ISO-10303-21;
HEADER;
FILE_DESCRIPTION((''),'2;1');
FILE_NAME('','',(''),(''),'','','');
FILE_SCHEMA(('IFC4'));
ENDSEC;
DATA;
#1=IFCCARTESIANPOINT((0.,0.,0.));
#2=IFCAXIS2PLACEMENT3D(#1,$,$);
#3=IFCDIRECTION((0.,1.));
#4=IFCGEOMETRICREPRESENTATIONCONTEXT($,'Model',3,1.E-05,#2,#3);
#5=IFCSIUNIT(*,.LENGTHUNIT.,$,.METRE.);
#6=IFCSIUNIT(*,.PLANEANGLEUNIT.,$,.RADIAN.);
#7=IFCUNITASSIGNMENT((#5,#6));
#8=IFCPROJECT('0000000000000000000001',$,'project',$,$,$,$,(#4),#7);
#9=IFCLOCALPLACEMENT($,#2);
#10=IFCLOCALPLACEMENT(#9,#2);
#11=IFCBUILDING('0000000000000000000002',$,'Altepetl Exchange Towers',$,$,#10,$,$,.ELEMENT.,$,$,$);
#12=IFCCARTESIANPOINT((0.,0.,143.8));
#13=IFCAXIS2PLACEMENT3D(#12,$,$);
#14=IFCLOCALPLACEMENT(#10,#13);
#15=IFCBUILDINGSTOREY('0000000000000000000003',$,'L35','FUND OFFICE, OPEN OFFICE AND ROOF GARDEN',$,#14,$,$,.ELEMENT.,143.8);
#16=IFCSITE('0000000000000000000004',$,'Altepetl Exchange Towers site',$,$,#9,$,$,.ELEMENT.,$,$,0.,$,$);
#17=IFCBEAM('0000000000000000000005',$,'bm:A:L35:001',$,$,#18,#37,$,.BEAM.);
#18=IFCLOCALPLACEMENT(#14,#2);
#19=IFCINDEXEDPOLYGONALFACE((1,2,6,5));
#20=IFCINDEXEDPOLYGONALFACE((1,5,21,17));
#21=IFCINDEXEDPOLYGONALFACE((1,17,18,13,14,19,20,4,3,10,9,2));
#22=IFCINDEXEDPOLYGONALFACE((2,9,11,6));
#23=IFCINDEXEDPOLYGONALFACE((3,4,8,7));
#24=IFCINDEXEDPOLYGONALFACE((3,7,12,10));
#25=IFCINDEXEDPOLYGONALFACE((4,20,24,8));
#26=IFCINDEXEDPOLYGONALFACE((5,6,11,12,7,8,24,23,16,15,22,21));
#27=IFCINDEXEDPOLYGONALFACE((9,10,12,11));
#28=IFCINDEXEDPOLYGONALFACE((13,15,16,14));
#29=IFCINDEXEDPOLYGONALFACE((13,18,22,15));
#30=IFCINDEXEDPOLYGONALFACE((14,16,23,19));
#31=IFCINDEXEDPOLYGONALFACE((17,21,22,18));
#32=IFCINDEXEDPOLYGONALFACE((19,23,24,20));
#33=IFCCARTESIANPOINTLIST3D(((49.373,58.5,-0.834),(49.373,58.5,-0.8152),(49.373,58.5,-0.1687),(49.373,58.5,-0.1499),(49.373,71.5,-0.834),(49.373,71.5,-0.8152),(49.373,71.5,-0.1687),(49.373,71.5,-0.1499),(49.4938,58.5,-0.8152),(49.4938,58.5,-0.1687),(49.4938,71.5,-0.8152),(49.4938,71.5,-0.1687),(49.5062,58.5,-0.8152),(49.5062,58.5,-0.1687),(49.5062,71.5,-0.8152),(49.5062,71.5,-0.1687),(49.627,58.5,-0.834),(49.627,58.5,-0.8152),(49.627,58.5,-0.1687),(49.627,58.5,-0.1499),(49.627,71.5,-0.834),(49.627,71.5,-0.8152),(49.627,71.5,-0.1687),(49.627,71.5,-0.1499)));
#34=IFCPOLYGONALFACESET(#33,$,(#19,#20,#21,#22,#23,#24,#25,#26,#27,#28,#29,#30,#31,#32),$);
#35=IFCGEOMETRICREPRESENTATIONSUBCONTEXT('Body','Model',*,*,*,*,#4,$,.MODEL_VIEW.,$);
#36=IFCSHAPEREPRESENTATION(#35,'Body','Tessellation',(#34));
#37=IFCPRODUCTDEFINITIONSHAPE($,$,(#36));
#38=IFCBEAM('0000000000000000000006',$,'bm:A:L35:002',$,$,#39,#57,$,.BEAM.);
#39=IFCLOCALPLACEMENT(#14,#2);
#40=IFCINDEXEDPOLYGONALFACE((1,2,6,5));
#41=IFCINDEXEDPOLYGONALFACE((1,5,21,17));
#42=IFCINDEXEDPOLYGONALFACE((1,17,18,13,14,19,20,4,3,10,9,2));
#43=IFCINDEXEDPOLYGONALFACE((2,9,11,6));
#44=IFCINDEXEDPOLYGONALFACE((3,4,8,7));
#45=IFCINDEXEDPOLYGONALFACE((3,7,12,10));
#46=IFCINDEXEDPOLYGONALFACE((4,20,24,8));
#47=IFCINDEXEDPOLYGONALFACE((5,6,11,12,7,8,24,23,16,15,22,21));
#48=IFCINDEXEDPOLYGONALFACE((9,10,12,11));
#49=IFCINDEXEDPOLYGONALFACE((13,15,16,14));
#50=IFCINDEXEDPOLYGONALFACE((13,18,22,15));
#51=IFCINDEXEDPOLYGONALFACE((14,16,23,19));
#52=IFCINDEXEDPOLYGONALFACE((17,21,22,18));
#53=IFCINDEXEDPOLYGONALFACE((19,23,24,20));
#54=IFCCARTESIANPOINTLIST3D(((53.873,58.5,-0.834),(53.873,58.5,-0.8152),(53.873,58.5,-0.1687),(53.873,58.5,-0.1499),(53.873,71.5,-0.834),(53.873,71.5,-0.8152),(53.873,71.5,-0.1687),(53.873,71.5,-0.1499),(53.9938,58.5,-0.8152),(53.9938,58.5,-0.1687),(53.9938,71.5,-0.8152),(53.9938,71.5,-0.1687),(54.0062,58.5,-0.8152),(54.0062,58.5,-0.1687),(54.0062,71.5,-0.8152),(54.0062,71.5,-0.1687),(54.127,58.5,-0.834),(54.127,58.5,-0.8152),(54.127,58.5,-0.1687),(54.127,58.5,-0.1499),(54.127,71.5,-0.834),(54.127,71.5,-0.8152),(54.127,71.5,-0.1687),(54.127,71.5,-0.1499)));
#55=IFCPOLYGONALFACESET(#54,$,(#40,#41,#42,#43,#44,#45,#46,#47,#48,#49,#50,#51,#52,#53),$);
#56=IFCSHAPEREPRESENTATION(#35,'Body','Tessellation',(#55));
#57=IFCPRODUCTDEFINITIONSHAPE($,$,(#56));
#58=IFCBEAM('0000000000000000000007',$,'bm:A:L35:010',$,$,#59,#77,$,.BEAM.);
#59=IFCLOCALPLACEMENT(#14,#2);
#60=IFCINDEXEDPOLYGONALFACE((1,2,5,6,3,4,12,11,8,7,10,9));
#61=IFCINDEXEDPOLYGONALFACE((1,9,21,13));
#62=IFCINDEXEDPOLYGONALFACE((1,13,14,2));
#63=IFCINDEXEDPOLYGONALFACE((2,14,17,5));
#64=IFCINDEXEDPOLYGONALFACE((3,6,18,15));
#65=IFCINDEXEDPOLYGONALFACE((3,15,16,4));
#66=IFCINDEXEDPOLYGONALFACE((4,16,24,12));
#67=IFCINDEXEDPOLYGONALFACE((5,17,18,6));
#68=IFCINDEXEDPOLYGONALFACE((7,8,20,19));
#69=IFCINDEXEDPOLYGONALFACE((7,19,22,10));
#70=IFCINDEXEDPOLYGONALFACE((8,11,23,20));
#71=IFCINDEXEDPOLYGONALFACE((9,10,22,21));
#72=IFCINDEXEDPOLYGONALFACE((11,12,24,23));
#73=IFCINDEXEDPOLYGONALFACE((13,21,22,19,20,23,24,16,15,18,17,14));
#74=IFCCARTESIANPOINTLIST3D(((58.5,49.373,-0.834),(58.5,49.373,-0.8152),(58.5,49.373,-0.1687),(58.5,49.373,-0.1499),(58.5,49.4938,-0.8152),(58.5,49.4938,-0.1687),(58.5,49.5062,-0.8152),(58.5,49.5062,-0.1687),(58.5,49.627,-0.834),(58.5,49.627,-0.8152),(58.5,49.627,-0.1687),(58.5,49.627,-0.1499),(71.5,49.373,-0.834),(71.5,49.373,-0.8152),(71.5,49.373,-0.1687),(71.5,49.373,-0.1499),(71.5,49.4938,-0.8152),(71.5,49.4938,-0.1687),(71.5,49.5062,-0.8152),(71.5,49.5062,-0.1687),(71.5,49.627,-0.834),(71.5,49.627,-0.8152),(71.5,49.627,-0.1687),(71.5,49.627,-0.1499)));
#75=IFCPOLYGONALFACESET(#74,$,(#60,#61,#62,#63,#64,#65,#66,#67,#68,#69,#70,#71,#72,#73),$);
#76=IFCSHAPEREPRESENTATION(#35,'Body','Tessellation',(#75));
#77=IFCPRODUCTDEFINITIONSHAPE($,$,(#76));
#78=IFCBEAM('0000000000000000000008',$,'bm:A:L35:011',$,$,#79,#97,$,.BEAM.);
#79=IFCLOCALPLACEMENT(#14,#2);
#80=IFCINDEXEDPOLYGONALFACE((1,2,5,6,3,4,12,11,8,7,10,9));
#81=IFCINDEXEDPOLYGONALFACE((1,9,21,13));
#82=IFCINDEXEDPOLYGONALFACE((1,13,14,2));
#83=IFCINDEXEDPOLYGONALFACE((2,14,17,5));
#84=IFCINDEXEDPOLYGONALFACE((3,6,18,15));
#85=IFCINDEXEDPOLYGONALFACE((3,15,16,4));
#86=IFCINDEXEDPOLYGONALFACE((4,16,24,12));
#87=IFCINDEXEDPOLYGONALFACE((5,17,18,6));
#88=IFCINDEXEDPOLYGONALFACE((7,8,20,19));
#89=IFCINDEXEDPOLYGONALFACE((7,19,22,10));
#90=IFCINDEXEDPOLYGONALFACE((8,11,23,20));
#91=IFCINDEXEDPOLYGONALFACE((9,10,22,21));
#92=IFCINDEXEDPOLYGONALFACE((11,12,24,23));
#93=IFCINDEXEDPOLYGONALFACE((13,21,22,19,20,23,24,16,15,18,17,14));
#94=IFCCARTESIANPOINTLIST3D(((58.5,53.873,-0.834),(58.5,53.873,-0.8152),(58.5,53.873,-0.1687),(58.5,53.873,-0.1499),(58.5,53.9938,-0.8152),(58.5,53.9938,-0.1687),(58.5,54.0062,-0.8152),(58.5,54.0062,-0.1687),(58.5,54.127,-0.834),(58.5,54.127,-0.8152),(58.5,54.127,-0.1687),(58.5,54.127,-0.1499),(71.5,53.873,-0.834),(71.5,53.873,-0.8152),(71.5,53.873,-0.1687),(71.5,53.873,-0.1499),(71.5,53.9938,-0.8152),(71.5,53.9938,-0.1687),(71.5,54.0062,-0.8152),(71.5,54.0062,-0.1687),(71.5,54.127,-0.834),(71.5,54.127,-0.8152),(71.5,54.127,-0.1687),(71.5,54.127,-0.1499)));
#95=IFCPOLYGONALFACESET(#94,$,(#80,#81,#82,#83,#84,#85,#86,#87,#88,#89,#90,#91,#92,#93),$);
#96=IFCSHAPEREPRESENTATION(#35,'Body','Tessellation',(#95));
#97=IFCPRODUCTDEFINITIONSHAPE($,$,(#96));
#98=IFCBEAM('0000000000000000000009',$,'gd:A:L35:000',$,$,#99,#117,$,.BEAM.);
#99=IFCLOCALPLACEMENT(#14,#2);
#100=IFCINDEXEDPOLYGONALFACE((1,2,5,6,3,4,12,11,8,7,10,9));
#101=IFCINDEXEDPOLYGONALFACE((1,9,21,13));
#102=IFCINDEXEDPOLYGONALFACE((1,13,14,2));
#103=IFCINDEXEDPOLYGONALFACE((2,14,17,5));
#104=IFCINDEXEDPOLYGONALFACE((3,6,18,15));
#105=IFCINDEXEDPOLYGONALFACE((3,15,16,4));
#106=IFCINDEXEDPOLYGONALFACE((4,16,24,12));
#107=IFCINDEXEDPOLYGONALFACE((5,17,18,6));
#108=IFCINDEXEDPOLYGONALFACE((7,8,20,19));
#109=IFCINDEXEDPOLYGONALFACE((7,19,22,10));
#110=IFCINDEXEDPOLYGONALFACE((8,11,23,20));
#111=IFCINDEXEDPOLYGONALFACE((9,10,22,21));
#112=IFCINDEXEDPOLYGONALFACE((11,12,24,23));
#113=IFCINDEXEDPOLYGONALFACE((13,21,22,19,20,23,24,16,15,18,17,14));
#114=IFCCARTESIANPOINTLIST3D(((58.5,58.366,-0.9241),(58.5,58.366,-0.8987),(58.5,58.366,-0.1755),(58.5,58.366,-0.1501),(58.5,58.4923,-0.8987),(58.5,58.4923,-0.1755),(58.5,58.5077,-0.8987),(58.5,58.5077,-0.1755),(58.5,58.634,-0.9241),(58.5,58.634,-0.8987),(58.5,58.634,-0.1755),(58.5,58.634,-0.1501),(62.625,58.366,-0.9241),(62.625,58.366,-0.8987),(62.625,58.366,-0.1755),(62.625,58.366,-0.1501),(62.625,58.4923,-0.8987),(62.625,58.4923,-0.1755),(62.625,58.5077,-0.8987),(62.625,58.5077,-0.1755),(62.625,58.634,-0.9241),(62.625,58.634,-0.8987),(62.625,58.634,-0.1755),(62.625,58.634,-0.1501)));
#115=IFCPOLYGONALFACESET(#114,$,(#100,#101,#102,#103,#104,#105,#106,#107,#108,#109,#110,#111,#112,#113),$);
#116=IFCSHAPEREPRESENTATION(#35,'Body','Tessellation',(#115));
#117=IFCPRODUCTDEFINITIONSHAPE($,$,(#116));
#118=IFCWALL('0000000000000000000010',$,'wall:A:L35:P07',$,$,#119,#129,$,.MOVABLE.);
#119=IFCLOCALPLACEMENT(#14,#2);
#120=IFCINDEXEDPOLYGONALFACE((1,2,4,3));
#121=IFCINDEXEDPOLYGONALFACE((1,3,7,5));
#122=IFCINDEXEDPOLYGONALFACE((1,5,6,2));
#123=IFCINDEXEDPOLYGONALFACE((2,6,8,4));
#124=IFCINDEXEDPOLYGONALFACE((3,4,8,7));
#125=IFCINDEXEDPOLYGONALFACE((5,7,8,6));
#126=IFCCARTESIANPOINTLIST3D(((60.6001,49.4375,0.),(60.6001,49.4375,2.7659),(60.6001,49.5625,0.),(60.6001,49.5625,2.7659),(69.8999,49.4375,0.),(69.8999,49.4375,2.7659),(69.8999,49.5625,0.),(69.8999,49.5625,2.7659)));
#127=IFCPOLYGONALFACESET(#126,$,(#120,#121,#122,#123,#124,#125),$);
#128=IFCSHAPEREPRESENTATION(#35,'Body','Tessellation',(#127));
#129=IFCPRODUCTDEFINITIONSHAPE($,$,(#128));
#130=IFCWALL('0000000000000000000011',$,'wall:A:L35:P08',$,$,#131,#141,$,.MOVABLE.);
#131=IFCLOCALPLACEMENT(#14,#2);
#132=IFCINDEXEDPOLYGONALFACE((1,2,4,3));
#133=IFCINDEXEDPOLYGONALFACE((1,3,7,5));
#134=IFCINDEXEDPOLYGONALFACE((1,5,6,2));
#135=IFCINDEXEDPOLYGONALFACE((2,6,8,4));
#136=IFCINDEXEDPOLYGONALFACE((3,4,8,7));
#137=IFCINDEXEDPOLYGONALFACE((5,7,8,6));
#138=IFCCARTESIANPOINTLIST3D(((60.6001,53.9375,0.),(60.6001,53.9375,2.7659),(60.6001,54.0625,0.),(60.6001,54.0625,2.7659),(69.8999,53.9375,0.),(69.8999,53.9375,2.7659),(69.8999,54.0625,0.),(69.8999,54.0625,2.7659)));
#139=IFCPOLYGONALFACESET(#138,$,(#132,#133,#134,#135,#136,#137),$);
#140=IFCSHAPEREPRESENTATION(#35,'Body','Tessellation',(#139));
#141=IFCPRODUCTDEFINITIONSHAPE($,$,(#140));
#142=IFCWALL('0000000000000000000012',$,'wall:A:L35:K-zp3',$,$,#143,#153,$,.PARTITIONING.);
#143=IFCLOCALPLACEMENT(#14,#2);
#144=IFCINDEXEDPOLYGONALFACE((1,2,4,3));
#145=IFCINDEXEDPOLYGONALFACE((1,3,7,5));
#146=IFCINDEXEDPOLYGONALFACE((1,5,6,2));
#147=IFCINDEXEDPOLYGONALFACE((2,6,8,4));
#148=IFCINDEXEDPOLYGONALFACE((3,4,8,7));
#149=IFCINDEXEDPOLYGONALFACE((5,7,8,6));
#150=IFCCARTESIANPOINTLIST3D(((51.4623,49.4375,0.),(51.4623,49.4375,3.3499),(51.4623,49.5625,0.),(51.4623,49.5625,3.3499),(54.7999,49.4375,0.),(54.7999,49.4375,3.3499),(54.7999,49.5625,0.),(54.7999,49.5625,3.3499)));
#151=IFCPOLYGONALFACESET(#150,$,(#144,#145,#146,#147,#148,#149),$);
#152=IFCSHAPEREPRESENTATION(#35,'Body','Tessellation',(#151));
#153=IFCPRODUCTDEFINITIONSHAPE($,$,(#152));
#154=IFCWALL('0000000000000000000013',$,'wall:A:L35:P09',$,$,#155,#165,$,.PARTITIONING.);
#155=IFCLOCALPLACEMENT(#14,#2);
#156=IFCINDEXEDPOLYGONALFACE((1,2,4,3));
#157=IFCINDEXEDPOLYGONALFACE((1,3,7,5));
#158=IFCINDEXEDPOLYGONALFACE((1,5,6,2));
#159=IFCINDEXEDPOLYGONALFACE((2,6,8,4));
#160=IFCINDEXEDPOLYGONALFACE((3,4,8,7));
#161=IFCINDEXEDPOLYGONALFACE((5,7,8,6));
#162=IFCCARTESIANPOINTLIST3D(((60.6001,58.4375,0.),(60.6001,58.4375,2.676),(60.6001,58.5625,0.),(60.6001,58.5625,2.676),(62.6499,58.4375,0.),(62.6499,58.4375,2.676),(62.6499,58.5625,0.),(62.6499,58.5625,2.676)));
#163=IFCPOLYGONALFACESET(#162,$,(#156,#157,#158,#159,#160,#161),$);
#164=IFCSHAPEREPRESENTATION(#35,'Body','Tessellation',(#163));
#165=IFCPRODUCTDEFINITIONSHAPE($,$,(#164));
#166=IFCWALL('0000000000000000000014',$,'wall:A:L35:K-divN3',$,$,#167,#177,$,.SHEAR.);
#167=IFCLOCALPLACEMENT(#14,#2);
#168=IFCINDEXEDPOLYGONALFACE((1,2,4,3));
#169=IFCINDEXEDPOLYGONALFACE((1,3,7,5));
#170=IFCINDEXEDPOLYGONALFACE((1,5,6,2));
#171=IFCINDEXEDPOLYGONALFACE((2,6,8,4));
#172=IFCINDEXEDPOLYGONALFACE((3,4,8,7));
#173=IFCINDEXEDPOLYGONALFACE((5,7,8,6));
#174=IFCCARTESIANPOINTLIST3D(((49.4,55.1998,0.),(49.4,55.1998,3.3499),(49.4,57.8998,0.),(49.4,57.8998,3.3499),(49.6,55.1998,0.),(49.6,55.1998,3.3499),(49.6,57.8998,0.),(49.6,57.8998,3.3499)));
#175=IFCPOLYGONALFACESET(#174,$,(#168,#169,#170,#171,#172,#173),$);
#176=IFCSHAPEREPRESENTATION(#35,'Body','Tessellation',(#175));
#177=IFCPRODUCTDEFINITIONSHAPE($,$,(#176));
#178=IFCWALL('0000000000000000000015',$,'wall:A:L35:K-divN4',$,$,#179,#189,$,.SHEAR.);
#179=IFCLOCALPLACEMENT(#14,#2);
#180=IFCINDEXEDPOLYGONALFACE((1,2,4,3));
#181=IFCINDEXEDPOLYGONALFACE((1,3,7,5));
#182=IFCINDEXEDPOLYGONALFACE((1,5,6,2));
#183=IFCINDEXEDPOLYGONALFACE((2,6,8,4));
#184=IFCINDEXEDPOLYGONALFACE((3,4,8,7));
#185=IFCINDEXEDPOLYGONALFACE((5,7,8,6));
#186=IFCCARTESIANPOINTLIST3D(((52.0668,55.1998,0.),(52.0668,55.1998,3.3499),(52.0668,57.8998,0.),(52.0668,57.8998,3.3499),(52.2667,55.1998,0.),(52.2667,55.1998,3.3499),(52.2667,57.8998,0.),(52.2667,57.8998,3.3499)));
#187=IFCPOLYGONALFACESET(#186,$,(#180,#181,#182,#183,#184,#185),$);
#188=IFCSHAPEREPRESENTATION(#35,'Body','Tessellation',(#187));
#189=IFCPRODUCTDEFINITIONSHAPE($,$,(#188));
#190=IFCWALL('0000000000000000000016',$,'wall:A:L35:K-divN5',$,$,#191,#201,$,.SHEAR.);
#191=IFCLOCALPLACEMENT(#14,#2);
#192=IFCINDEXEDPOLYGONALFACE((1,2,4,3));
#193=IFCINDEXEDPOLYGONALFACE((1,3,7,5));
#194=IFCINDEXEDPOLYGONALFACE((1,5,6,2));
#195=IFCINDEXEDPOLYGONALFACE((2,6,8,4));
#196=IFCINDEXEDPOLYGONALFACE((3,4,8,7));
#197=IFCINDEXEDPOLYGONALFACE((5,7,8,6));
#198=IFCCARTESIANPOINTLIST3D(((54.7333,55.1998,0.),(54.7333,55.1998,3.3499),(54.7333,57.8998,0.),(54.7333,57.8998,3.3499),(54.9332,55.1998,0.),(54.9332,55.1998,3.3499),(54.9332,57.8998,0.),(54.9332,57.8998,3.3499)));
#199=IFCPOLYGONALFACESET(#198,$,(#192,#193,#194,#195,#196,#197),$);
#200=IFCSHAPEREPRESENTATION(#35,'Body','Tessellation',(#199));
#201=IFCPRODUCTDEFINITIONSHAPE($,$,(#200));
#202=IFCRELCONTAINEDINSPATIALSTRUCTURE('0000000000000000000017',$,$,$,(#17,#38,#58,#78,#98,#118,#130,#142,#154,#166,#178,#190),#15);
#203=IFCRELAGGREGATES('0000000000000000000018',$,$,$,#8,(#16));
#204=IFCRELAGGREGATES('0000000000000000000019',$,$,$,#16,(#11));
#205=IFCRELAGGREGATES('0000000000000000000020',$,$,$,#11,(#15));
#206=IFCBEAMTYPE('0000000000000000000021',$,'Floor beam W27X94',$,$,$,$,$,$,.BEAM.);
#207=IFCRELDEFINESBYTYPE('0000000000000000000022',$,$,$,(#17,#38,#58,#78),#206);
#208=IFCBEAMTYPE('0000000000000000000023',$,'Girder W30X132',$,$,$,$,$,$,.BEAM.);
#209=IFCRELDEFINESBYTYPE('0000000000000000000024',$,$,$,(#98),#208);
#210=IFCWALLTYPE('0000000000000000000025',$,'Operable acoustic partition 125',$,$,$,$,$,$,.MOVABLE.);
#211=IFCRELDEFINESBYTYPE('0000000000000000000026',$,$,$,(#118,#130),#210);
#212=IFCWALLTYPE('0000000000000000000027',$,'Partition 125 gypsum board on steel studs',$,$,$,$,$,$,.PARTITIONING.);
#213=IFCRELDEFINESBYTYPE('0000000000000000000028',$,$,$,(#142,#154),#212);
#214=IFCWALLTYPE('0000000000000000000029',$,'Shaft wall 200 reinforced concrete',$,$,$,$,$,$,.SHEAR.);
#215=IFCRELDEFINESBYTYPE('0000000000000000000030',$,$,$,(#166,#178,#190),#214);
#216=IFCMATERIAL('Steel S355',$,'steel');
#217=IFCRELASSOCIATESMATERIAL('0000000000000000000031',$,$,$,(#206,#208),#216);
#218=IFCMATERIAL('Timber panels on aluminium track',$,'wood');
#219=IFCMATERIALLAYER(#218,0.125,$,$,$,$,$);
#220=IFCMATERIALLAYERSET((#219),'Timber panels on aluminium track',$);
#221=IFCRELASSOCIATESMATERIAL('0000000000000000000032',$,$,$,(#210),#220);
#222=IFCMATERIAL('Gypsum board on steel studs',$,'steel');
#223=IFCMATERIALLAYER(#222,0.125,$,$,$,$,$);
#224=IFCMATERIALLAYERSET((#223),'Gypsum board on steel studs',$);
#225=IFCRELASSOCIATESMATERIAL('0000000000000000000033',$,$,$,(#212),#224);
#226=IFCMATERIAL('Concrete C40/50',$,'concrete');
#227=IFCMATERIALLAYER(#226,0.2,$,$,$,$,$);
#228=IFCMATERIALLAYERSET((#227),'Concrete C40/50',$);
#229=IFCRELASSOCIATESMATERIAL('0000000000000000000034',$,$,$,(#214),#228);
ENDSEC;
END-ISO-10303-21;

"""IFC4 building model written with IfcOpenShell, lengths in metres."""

from ifc_helpers import new_model, si_unit, direction, frame, frame_2d, origin, origin_2d, place, context, subcontext, project, spatial, rectangle, i_section, extrude, material, layer, layer_set, material_profile, profile_set, type_object, element, save


model = new_model("IFC4")

# Units and contexts
model_context = context("Model", 3, precision=1e-05, world=origin(), true_north=direction((0.0, 1.0)))
body_context = subcontext(model_context, "Body", "Model", "MODEL_VIEW")
ifc_project = project(units=[si_unit("LENGTHUNIT", "METRE"), si_unit("PLANEANGLEUNIT", "RADIAN")], contexts=[model_context])

# Site, building, storey
site_placement = place(None, origin())
site = spatial("IfcSite", under=ifc_project, at=site_placement, Name="Altepetl Exchange Towers site", CompositionType="ELEMENT", RefElevation=0.0)
building_placement = place(site_placement, origin())
building = spatial("IfcBuilding", under=site, at=building_placement, Name="Altepetl Exchange Towers", CompositionType="ELEMENT")
storey_placement = place(building_placement, frame((0.0, 0.0, 143.8)))
storey = spatial("IfcBuildingStorey", under=building, at=storey_placement, Name="L35", Description="FUND OFFICE, OPEN OFFICE AND ROOF GARDEN", CompositionType="ELEMENT", Elevation=143.8)

# Beams
ifc_material_1 = material(Name="Steel S355", Category="steel")
ifc_material_profile_1 = material_profile(ifc_material_1, i_section(OverallWidth=0.2539, OverallDepth=0.6841, WebThickness=0.0125, FlangeThickness=0.0188, at=origin_2d()), Name="W27X94")
ifc_profile_set_1 = profile_set([ifc_material_profile_1], Name="Steel S355")
beam_type_1 = type_object("IfcBeamType", Name="Floor beam W27X94", PredefinedType="BEAM", material=ifc_profile_set_1)
for number, where, z_axis, x_axis, name in (
    (1, (49.5, 58.5, -0.4919), (0.0, 1.0, 0.0), (-1.0, 0.0, 0.0), "bm:A:L35:001"),
    (2, (54.0, 58.5, -0.4919), (0.0, 1.0, 0.0), (-1.0, 0.0, 0.0), "bm:A:L35:002"),
    (3, (58.5, 49.5, -0.4919), (1.0, 0.0, 0.0), (0.0, 1.0, 0.0), "bm:A:L35:010"),
    (4, (58.5, 54.0, -0.4919), (1.0, 0.0, 0.0), (0.0, 1.0, 0.0), "bm:A:L35:011"),
):
    element("IfcBeam", number, at=place(storey_placement, frame(where, z_axis=z_axis, x_axis=x_axis)), inside=storey, type_object=beam_type_1, Name=name, PredefinedType="BEAM", context=body_context, shape_type="SweptSolid", body=[
        extrude(i_section(OverallWidth=0.2539, OverallDepth=0.6841, WebThickness=0.0125, FlangeThickness=0.0188, at=origin_2d()), origin(), (0.0, 0.0, 1.0), 13.0),
    ])
ifc_material_profile_2 = material_profile(ifc_material_1, i_section(OverallWidth=0.2681, OverallDepth=0.7739, WebThickness=0.0154, FlangeThickness=0.0254, at=origin_2d()), Name="W30X132")
ifc_profile_set_2 = profile_set([ifc_material_profile_2], Name="Steel S355")
beam_type_2 = type_object("IfcBeamType", Name="Girder W30X132", PredefinedType="BEAM", material=ifc_profile_set_2)
beam_placement = place(storey_placement, frame((58.5, 58.5, -0.5371), z_axis=(1.0, 0.0, 0.0), x_axis=(0.0, 1.0, 0.0)))
element("IfcBeam", 5, at=beam_placement, inside=storey, type_object=beam_type_2, Name="gd:A:L35:000", PredefinedType="BEAM", context=body_context, shape_type="SweptSolid", body=[
    extrude(i_section(OverallWidth=0.2681, OverallDepth=0.7739, WebThickness=0.0154, FlangeThickness=0.0254, at=origin_2d()), origin(), (0.0, 0.0, 1.0), 4.125),
])

# Walls
ifc_material_2 = material(Name="Timber panels on aluminium track", Category="wood")
ifc_layer_1 = layer(ifc_material_2, 0.125)
ifc_layer_set_1 = layer_set([ifc_layer_1], Name="Timber panels on aluminium track")
wall_type_1 = type_object("IfcWallType", Name="Operable acoustic partition 125", PredefinedType="MOVABLE", material=ifc_layer_set_1)
for number, where, name in (
    (6, (60.6001, 49.5, 0.0), "wall:A:L35:P07"),
    (7, (60.6001, 54.0, 0.0), "wall:A:L35:P08"),
):
    element("IfcWall", number, at=place(storey_placement, frame(where)), inside=storey, type_object=wall_type_1, Name=name, PredefinedType="MOVABLE", context=body_context, shape_type="SweptSolid", body=[
        extrude(rectangle(XDim=9.2998, YDim=0.125, at=frame_2d((4.6499, 0.0))), origin(), (0.0, 0.0, 1.0), 2.7659),
    ])
ifc_material_3 = material(Name="Gypsum board on steel studs", Category="steel")
ifc_layer_2 = layer(ifc_material_3, 0.125)
ifc_layer_set_2 = layer_set([ifc_layer_2], Name="Gypsum board on steel studs")
wall_type_2 = type_object("IfcWallType", Name="Partition 125 gypsum board on steel studs", PredefinedType="PARTITIONING", material=ifc_layer_set_2)
wall_1_placement = place(storey_placement, frame((54.8, 49.5, 0.0), z_axis=(0.0, 0.0, 1.0), x_axis=(-1.0, 0.0, 0.0)))
element("IfcWall", 8, at=wall_1_placement, inside=storey, type_object=wall_type_2, Name="wall:A:L35:K-zp3", PredefinedType="PARTITIONING", context=body_context, shape_type="SweptSolid", body=[
    extrude(rectangle(XDim=3.3376, YDim=0.125, at=frame_2d((1.6689, 0.0))), origin(), (0.0, 0.0, 1.0), 3.3499),
])
wall_2_placement = place(storey_placement, frame((60.6001, 58.5, 0.0)))
element("IfcWall", 9, at=wall_2_placement, inside=storey, type_object=wall_type_2, Name="wall:A:L35:P09", PredefinedType="PARTITIONING", context=body_context, shape_type="SweptSolid", body=[
    extrude(rectangle(XDim=2.0498, YDim=0.125, at=frame_2d((1.0249, 0.0))), origin(), (0.0, 0.0, 1.0), 2.676),
])
ifc_material_4 = material(Name="Concrete C40/50", Category="concrete")
ifc_layer_3 = layer(ifc_material_4, 0.2)
ifc_layer_set_3 = layer_set([ifc_layer_3], Name="Concrete C40/50")
wall_type_3 = type_object("IfcWallType", Name="Shaft wall 200 reinforced concrete", PredefinedType="SHEAR", material=ifc_layer_set_3)
for number, where, z_axis, x_axis, name in (
    (10, (49.5, 57.8999, 0.0), (0.0, 0.0, 1.0), (0.0, -1.0, 0.0), "wall:A:L35:K-divN3"),
    (11, (52.1667, 57.8999, 0.0), (0.0, 0.0, 1.0), (0.0, -1.0, 0.0), "wall:A:L35:K-divN4"),
    (12, (54.8333, 57.8999, 0.0), (0.0, 0.0, 1.0), (0.0, -1.0, 0.0), "wall:A:L35:K-divN5"),
):
    element("IfcWall", number, at=place(storey_placement, frame(where, z_axis=z_axis, x_axis=x_axis)), inside=storey, type_object=wall_type_3, Name=name, PredefinedType="SHEAR", context=body_context, shape_type="SweptSolid", body=[
        extrude(rectangle(XDim=2.7, YDim=0.2, at=frame_2d((1.3501, 0.0))), origin(), (0.0, 0.0, 1.0), 3.3499),
    ])

save(model, "model.ifc")
